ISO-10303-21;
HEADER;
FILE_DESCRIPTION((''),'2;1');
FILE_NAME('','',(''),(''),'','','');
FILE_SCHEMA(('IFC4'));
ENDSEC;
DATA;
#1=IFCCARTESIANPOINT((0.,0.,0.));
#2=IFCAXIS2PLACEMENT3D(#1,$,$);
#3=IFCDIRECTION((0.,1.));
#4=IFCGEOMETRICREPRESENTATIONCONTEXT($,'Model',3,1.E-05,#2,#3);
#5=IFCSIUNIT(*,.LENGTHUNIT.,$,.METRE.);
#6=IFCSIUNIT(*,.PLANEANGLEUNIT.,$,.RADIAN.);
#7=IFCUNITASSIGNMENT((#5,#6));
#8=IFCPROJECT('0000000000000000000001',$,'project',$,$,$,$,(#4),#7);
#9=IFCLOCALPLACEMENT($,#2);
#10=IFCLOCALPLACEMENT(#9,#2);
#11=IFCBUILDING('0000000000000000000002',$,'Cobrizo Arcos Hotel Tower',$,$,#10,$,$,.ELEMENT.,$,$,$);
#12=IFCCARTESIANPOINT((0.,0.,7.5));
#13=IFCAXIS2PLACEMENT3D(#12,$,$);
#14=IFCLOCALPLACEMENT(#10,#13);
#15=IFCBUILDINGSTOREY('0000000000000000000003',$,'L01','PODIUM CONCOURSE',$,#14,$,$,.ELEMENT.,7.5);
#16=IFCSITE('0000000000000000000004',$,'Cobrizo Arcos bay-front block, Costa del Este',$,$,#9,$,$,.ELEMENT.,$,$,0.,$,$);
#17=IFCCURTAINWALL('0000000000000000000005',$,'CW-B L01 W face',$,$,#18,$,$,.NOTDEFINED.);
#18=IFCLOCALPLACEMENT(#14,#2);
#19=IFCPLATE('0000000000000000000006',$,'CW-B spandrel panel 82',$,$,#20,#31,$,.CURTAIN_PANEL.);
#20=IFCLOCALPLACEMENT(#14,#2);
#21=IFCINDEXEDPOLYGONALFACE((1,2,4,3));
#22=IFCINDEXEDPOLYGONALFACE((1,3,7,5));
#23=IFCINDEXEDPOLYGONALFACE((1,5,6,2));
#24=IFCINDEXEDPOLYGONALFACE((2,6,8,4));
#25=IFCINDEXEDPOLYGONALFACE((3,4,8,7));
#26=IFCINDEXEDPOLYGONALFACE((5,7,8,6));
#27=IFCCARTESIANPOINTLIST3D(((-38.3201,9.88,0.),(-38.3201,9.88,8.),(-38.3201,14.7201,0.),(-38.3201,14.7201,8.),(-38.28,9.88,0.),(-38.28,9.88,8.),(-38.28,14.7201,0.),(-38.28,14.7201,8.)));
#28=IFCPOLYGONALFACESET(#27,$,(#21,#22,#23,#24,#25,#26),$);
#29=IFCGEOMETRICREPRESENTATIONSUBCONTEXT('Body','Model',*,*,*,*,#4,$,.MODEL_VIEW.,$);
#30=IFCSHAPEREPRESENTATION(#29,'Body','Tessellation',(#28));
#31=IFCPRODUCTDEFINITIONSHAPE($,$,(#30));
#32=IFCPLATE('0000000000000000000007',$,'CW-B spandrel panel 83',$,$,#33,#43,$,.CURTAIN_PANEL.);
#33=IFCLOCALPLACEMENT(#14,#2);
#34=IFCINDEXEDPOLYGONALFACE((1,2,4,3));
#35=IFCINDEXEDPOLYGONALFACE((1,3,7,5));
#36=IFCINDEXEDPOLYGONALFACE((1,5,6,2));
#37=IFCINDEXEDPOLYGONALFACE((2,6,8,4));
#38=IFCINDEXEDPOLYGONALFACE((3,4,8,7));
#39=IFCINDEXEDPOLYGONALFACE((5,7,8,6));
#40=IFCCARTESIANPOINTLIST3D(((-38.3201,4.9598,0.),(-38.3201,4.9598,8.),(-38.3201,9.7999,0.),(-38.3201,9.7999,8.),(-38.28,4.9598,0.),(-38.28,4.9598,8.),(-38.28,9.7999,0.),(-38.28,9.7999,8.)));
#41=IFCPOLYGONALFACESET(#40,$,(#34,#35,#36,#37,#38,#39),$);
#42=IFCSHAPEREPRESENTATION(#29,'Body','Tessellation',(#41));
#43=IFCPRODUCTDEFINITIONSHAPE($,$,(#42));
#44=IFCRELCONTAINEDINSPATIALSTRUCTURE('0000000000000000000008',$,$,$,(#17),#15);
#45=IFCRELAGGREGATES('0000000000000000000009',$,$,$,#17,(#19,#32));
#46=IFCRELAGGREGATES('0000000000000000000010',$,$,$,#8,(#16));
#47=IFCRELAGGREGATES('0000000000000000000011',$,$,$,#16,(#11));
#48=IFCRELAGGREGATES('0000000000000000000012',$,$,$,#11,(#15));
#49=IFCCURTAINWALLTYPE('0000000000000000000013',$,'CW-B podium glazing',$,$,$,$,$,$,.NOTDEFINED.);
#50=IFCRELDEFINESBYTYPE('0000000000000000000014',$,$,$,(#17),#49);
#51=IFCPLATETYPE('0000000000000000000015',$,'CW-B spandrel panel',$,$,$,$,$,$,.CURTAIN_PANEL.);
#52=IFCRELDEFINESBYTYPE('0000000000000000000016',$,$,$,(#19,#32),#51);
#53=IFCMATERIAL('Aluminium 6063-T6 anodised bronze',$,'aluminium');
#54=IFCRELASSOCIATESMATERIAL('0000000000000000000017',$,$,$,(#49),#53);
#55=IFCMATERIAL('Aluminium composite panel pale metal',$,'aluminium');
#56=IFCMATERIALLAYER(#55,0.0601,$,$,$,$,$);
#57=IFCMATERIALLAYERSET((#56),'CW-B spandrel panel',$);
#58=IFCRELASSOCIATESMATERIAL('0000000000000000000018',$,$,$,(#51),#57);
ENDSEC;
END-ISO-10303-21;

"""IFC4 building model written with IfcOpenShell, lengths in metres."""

from ifc_helpers import new_model, si_unit, direction, frame, origin, origin_2d, place, context, subcontext, project, spatial, rectangle, extrude, material, layer, layer_set, type_object, element, aggregate, save


model = new_model("IFC4")

# Units and contexts
model_context = context("Model", 3, precision=1e-05, world=origin(), true_north=direction((0.0, 1.0)))
body_context = subcontext(model_context, "Body", "Model", "MODEL_VIEW")
ifc_project = project(units=[si_unit("LENGTHUNIT", "METRE"), si_unit("PLANEANGLEUNIT", "RADIAN")], contexts=[model_context])

# Site, building, storey
site_placement = place(None, origin())
site = spatial("IfcSite", under=ifc_project, at=site_placement, Name="Cobrizo Arcos bay-front block, Costa del Este", CompositionType="ELEMENT", RefElevation=0.0)
building_placement = place(site_placement, origin())
building = spatial("IfcBuilding", under=site, at=building_placement, Name="Cobrizo Arcos Hotel Tower", CompositionType="ELEMENT")
storey_placement = place(building_placement, frame((0.0, 0.0, 7.5)))
storey = spatial("IfcBuildingStorey", under=building, at=storey_placement, Name="L01", Description="PODIUM CONCOURSE", CompositionType="ELEMENT", Elevation=7.5)

# Curtain wall
ifc_material_1 = material(Name="Aluminium 6063-T6 anodised bronze", Category="aluminium")
curtain_wall_type = type_object("IfcCurtainWallType", Name="CW-B podium glazing", PredefinedType="NOTDEFINED", material=ifc_material_1)
curtain_wall_placement = place(storey_placement, origin())
curtain_wall = element("IfcCurtainWall", 1, at=curtain_wall_placement, inside=storey, type_object=curtain_wall_type, Name="CW-B L01 W face", PredefinedType="NOTDEFINED")

# Plates
ifc_material_2 = material(Name="Aluminium composite panel pale metal", Category="aluminium")
ifc_layer_1 = layer(ifc_material_2, 0.0601)
ifc_layer_set_1 = layer_set([ifc_layer_1], Name="CW-B spandrel panel")
plate_type = type_object("IfcPlateType", Name="CW-B spandrel panel", PredefinedType="CURTAIN_PANEL", material=ifc_layer_set_1)
plate_1_placement = place(storey_placement, frame((-38.3, 12.3, 0.0), z_axis=(0.0, 0.0, 1.0), x_axis=(0.0, -1.0, 0.0)))
plate_1 = element("IfcPlate", 2, at=plate_1_placement, type_object=plate_type, Name="CW-B spandrel panel 82", PredefinedType="CURTAIN_PANEL", context=body_context, shape_type="SweptSolid", body=[
    extrude(rectangle(XDim=4.8401, YDim=0.04, at=origin_2d()), origin(), (0.0, 0.0, 1.0), 8.0),
])
plate_2_placement = place(storey_placement, frame((-38.3, 7.3799, 0.0), z_axis=(0.0, 0.0, 1.0), x_axis=(0.0, -1.0, 0.0)))
plate_2 = element("IfcPlate", 3, at=plate_2_placement, type_object=plate_type, Name="CW-B spandrel panel 83", PredefinedType="CURTAIN_PANEL", context=body_context, shape_type="SweptSolid", body=[
    extrude(rectangle(XDim=4.8401, YDim=0.04, at=origin_2d()), origin(), (0.0, 0.0, 1.0), 8.0),
])
aggregate(curtain_wall, [plate_1, plate_2])

save(model, "model.ifc")
